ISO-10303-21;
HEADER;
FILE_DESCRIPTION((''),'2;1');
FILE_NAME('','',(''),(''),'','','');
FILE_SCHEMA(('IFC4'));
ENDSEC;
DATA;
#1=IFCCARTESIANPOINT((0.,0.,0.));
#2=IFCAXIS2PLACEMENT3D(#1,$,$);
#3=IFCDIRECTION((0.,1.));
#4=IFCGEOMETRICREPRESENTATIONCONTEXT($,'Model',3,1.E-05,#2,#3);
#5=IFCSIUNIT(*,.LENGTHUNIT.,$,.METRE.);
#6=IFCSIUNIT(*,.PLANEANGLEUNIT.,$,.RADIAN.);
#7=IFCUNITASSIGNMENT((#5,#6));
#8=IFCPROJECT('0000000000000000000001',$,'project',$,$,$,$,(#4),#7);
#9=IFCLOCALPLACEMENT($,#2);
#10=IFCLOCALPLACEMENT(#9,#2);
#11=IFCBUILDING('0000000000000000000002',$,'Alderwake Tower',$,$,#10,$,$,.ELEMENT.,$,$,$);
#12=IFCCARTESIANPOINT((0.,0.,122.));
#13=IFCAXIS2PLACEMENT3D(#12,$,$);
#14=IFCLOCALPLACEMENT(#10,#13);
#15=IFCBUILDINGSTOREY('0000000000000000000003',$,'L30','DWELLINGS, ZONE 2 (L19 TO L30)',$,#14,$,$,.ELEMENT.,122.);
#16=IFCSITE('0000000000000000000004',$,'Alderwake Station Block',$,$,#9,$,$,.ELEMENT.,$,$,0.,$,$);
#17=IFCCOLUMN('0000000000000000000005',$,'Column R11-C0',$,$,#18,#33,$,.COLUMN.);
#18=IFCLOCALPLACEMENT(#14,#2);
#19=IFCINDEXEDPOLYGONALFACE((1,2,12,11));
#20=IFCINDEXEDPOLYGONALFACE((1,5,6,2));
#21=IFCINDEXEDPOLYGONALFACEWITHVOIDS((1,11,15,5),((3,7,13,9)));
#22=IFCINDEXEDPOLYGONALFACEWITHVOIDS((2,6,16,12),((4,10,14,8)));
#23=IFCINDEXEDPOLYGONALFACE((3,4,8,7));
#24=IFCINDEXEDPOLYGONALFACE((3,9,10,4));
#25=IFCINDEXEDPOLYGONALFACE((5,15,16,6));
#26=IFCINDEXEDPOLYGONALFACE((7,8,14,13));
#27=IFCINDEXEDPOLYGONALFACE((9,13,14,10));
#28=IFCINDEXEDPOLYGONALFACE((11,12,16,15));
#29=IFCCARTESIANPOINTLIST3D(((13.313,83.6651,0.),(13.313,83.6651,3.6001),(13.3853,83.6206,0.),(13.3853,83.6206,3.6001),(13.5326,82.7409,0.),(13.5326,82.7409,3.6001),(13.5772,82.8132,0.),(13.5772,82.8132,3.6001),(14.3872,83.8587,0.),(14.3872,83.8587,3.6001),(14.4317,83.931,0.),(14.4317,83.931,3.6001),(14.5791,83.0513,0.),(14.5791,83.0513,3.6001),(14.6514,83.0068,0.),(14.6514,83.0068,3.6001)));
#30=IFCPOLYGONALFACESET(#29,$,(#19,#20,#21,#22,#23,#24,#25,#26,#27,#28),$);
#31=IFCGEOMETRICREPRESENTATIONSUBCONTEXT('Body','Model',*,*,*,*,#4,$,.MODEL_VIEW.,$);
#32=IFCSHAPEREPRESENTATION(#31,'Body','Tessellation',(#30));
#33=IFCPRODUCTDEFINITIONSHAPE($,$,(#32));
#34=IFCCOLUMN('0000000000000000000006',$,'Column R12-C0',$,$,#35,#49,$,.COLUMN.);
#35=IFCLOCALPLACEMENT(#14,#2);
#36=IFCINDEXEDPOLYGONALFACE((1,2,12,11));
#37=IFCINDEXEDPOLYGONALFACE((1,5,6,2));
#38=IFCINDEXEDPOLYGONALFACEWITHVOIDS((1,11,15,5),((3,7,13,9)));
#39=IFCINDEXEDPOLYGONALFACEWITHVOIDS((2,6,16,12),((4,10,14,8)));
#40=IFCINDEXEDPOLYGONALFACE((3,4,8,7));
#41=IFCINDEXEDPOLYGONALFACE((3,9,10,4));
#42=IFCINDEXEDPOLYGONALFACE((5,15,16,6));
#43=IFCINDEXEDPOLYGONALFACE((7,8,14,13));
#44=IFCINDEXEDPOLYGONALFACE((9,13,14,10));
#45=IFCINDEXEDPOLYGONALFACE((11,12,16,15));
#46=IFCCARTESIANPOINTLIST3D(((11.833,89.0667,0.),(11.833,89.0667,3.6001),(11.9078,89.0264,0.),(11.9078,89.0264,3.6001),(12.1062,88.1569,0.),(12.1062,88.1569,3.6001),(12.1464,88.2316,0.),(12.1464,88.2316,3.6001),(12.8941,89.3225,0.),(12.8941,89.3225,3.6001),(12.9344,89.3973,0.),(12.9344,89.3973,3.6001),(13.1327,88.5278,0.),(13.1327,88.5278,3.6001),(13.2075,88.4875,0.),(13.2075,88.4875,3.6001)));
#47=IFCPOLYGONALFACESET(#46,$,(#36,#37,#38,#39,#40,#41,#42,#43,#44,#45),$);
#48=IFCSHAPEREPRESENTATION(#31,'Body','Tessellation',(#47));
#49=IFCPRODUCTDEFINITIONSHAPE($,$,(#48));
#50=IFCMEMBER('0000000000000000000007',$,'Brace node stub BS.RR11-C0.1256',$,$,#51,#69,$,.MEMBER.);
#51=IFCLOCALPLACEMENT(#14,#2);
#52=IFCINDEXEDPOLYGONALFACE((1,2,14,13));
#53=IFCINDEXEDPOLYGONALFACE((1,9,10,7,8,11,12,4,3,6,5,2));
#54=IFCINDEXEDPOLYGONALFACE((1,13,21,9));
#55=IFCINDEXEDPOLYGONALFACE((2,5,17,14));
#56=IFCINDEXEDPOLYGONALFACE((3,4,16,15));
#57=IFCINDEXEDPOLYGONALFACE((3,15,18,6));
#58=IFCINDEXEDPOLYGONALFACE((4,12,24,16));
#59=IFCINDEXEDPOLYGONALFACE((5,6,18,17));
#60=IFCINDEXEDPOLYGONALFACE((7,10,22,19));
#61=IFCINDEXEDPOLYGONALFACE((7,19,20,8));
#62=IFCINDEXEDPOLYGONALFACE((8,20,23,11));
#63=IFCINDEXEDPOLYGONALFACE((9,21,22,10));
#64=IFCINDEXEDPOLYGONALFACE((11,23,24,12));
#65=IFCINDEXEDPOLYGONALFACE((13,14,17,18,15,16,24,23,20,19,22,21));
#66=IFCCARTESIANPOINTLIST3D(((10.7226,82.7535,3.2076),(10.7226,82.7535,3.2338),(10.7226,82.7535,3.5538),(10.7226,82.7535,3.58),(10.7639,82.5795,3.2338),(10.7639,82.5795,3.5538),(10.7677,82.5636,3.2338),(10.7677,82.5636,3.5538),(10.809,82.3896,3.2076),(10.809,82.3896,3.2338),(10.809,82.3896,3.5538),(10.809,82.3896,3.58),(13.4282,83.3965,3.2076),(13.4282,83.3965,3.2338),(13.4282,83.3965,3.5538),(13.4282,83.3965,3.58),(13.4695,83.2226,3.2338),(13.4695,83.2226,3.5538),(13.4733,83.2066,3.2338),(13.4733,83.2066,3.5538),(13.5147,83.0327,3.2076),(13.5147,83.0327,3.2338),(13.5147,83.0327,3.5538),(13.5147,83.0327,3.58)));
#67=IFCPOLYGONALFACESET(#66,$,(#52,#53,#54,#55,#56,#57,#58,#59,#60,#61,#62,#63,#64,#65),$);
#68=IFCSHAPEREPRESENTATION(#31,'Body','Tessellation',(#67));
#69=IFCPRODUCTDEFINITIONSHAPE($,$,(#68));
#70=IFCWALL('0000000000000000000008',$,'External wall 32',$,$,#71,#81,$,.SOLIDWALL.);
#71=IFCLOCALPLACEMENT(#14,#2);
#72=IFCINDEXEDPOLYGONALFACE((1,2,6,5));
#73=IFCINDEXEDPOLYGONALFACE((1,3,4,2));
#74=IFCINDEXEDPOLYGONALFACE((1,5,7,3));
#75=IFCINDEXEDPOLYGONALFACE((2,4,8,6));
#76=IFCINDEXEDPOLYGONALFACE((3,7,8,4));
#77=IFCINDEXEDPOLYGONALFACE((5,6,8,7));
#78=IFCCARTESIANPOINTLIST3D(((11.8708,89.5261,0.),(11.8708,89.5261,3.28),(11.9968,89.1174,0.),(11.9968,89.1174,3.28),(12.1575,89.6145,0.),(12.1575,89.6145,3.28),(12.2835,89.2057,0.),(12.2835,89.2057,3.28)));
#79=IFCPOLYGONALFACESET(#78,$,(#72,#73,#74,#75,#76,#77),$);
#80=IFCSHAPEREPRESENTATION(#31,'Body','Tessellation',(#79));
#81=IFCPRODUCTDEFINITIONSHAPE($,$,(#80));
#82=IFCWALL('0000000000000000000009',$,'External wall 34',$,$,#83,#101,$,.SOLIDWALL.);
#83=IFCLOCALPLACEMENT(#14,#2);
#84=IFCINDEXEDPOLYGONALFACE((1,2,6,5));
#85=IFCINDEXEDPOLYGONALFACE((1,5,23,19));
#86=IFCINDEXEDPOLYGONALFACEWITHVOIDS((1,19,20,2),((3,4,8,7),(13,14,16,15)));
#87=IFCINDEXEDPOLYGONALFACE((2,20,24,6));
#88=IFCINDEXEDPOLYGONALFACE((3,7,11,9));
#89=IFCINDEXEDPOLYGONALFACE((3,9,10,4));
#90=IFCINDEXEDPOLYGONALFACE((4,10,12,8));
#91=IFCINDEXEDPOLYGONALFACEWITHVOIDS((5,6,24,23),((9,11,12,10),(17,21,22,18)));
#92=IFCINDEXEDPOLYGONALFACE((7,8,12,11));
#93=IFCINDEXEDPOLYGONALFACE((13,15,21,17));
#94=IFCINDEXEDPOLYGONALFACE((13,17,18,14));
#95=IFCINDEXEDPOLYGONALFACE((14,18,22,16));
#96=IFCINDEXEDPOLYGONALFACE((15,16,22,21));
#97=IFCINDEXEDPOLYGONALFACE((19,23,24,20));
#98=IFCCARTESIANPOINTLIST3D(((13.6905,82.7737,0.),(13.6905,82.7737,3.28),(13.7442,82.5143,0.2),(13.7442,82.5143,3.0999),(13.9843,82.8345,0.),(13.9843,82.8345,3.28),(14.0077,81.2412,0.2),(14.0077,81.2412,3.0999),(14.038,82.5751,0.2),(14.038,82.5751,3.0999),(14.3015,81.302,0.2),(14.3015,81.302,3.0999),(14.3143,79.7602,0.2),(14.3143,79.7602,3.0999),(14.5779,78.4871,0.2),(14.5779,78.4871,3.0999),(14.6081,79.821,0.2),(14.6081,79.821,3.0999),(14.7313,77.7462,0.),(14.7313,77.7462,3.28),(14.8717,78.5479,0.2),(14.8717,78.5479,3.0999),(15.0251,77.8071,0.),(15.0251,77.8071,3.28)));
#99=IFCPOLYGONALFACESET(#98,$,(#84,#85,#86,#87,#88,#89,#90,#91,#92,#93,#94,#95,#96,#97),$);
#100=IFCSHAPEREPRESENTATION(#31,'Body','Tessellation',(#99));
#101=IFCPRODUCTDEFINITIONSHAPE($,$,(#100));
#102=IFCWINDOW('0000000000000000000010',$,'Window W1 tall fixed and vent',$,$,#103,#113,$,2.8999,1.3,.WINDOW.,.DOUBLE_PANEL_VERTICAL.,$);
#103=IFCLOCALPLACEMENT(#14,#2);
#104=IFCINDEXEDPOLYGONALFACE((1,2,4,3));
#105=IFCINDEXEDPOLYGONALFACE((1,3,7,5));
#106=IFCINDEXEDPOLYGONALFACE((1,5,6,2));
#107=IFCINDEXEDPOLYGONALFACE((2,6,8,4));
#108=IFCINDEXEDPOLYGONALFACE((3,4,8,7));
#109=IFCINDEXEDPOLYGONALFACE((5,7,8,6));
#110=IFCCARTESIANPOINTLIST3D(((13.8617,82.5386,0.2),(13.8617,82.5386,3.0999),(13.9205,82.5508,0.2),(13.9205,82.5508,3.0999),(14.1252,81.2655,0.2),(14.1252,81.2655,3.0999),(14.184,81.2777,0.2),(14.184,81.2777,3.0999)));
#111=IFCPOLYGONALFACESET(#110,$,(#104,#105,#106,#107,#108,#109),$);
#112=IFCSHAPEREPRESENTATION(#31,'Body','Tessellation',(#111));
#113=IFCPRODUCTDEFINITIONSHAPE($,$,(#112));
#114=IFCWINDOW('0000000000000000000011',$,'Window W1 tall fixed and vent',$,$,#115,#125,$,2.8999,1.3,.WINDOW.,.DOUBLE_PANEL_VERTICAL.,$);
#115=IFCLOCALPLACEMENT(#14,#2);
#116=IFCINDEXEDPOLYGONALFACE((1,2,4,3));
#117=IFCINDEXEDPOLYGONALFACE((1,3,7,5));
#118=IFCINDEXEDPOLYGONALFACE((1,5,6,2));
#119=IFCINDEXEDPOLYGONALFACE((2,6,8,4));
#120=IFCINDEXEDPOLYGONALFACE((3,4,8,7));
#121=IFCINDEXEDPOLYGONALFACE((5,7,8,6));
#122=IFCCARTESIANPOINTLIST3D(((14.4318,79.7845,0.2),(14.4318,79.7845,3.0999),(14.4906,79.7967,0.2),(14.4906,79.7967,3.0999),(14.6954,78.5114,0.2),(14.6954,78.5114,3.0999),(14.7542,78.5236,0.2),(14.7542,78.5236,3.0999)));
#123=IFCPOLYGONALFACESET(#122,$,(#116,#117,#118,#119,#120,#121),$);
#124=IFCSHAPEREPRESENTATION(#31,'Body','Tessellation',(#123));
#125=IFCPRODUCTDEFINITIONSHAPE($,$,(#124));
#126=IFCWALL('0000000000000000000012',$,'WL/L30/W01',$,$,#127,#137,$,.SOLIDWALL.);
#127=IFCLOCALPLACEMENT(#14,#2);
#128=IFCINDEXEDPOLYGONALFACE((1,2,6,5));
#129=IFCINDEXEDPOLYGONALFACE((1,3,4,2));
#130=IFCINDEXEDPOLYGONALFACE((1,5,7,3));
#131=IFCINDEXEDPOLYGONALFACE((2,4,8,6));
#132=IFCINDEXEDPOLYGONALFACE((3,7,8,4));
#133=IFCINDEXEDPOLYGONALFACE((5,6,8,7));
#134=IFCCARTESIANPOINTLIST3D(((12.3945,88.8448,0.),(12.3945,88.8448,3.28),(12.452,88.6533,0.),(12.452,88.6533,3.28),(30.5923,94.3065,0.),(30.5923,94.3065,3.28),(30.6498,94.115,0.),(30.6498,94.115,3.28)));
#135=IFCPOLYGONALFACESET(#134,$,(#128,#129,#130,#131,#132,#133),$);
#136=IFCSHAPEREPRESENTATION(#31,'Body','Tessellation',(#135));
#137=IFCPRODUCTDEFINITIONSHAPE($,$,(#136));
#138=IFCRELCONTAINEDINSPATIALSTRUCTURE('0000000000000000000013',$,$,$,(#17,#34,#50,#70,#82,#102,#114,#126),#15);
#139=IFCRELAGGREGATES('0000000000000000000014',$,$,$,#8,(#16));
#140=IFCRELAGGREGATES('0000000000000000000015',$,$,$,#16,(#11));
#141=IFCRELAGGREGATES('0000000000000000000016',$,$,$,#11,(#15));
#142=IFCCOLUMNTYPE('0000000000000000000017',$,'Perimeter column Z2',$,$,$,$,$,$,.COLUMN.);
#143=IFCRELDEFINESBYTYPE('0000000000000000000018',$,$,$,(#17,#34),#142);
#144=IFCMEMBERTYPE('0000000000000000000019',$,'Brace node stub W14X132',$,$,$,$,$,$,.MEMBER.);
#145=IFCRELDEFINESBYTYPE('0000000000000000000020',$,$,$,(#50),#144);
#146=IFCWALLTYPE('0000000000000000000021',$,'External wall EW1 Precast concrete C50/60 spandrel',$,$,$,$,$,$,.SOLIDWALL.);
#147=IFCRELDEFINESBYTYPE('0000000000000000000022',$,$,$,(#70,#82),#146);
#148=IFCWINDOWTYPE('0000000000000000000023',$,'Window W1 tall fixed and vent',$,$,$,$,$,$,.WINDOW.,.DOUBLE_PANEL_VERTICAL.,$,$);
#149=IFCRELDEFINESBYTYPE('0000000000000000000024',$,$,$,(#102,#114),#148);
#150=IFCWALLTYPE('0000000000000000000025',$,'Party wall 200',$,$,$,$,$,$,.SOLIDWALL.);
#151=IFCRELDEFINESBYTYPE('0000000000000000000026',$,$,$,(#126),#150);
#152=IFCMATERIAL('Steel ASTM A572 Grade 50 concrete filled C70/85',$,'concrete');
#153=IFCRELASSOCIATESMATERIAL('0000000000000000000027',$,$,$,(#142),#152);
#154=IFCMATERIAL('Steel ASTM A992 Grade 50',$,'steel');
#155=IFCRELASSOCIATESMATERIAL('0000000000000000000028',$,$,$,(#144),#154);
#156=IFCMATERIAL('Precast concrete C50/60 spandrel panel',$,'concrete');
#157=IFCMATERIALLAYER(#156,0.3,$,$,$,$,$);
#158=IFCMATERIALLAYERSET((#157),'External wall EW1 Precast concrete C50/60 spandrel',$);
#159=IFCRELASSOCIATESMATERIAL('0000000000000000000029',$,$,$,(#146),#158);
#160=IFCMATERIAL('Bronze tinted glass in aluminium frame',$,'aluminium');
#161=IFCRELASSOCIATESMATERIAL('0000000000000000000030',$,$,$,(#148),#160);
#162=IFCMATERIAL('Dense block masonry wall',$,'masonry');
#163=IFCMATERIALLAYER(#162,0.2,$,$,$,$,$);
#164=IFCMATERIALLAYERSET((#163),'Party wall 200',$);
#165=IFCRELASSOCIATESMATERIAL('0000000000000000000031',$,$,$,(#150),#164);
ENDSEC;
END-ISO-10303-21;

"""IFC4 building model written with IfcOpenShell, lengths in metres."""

from ifc_helpers import new_model, si_unit, direction, frame, frame_2d, origin, origin_2d, place, context, subcontext, project, spatial, rectangle, hollow_rectangle, i_section, extrude, material, layer, layer_set, material_profile, profile_set, type_object, element, fill, save


model = new_model("IFC4")

# Units and contexts
model_context = context("Model", 3, precision=1e-05, world=origin(), true_north=direction((0.0, 1.0)))
body_context = subcontext(model_context, "Body", "Model", "MODEL_VIEW")
ifc_project = project(units=[si_unit("LENGTHUNIT", "METRE"), si_unit("PLANEANGLEUNIT", "RADIAN")], contexts=[model_context])

# Site, building, storey
site_placement = place(None, origin())
site = spatial("IfcSite", under=ifc_project, at=site_placement, Name="Alderwake Station Block", CompositionType="ELEMENT", RefElevation=0.0)
building_placement = place(site_placement, origin())
building = spatial("IfcBuilding", under=site, at=building_placement, Name="Alderwake Tower", CompositionType="ELEMENT")
storey_placement = place(building_placement, frame((0.0, 0.0, 122.0)))
storey = spatial("IfcBuildingStorey", under=building, at=storey_placement, Name="L30", Description="DWELLINGS, ZONE 2 (L19 TO L30)", CompositionType="ELEMENT", Elevation=122.0)

# Columns
ifc_material_1 = material(Name="Steel ASTM A572 Grade 50 concrete filled C70/85", Category="concrete")
ifc_material_profile_1 = material_profile(ifc_material_1, hollow_rectangle(XDim=0.95, YDim=1.1499, WallThickness=0.0601, at=origin_2d()), Name="BOX 1150X950X60")
ifc_profile_set_1 = profile_set([ifc_material_profile_1], Name="Steel ASTM A572 Grade 50 concrete filled C70/85")
column_type = type_object("IfcColumnType", Name="Perimeter column Z2", PredefinedType="COLUMN", material=ifc_profile_set_1)
for number, where, z_axis, x_axis, name in (
    (1, (13.9822, 83.3359, 0.0), (0.0, 0.0, 1.0), (-0.231222, 0.972901, 0.0), "Column R11-C0"),
    (2, (12.5203, 88.7771, 0.0), (0.0, 0.0, 1.0), (-0.287549, 0.957766, 0.0), "Column R12-C0"),
):
    element("IfcColumn", number, at=place(storey_placement, frame(where, z_axis=z_axis, x_axis=x_axis)), inside=storey, type_object=column_type, Name=name, PredefinedType="COLUMN", context=body_context, shape_type="SweptSolid", body=[
        extrude(hollow_rectangle(XDim=0.95, YDim=1.1499, WallThickness=0.0601, at=origin_2d()), origin(), (0.0, 0.0, 1.0), 3.6001),
    ])

# Member
ifc_material_2 = material(Name="Steel ASTM A992 Grade 50", Category="steel")
ifc_material_profile_2 = material_profile(ifc_material_2, i_section(OverallWidth=0.374, OverallDepth=0.3723, WebThickness=0.0164, FlangeThickness=0.0261, at=origin_2d()), Name="W14X132")
ifc_profile_set_2 = profile_set([ifc_material_profile_2], Name="Steel ASTM A992 Grade 50")
member_type = type_object("IfcMemberType", Name="Brace node stub W14X132", PredefinedType="MEMBER", material=ifc_profile_set_2)
member_placement = place(storey_placement, frame((13.4714, 83.2146, 3.3938), z_axis=(-0.972897, -0.231241, 0.0), x_axis=(0.231241, -0.972897, 0.0)))
element("IfcMember", 3, at=member_placement, inside=storey, type_object=member_type, Name="Brace node stub BS.RR11-C0.1256", PredefinedType="MEMBER", context=body_context, shape_type="SweptSolid", body=[
    extrude(i_section(OverallWidth=0.374, OverallDepth=0.3723, WebThickness=0.0164, FlangeThickness=0.0261, at=origin_2d()), origin(), (0.0, 0.0, 1.0), 2.781),
])

# Wall
ifc_material_3 = material(Name="Precast concrete C50/60 spandrel panel", Category="concrete")
ifc_layer_1 = layer(ifc_material_3, 0.3)
ifc_layer_set_1 = layer_set([ifc_layer_1], Name="External wall EW1 Precast concrete C50/60 spandrel")
wall_type_1 = type_object("IfcWallType", Name="External wall EW1 Precast concrete C50/60 spandrel", PredefinedType="SOLIDWALL", material=ifc_layer_set_1)
wall_1_placement = place(storey_placement, frame((12.0142, 89.5703, 0.0), z_axis=(0.0, 0.0, 1.0), x_axis=(0.294567, -0.955631, 0.0)))
element("IfcWall", 4, at=wall_1_placement, inside=storey, type_object=wall_type_1, Name="External wall 32", PredefinedType="SOLIDWALL", context=body_context, shape_type="SweptSolid", body=[
    extrude(rectangle(XDim=0.4277, YDim=0.3, at=frame_2d((0.2139, 0.0))), origin(), (0.0, 0.0, 1.0), 3.28),
])

# Shared definitions
ifc_material_4 = material(Name="Bronze tinted glass in aluminium frame", Category="aluminium")
window_type = type_object("IfcWindowType", Name="Window W1 tall fixed and vent", PartitioningType="DOUBLE_PANEL_VERTICAL", PredefinedType="WINDOW", material=ifc_material_4)

# Wall, openings, windows
wall_2_placement = place(storey_placement, frame((13.8374, 82.804, 0.0), z_axis=(0.0, 0.0, 1.0), x_axis=(0.202724, -0.979236, 0.0)))
wall_2 = element("IfcWall", 5, at=wall_2_placement, inside=storey, type_object=wall_type_1, Name="External wall 34", PredefinedType="SOLIDWALL", context=body_context, shape_type="SweptSolid", body=[
    extrude(rectangle(XDim=5.134, YDim=0.3, at=frame_2d((2.5669, 0.0))), origin(), (0.0, 0.0, 1.0), 3.28),
])
opening_1_placement = place(wall_2_placement, frame((0.2649, 0.0, 0.2)))
opening_1 = element("IfcOpeningElement", 6, at=opening_1_placement, cuts=wall_2, PredefinedType="OPENING", context=body_context, shape_type="SweptSolid", body=[
    extrude(rectangle(XDim=1.3, YDim=2.8999, at=frame_2d((0.6499, 1.45))), frame((0.0, 0.1599, 0.0), z_axis=(0.0, -1.0, 0.0), x_axis=(1.0, 0.0, 0.0)), (0.0, 0.0, 1.0), 0.3201),
])
opening_2_placement = place(wall_2_placement, frame((3.0774, 0.0, 0.2)))
opening_2 = element("IfcOpeningElement", 7, at=opening_2_placement, cuts=wall_2, PredefinedType="OPENING", context=body_context, shape_type="SweptSolid", body=[
    extrude(rectangle(XDim=1.3, YDim=2.8999, at=frame_2d((0.6499, 1.45))), frame((0.0, 0.1599, 0.0), z_axis=(0.0, -1.0, 0.0), x_axis=(1.0, 0.0, 0.0)), (0.0, 0.0, 1.0), 0.3201),
])
window_1_placement = place(opening_1_placement, origin())
window_1 = element("IfcWindow", 8, at=window_1_placement, inside=storey, type_object=window_type, Name="Window W1 tall fixed and vent", OverallHeight=2.8999, OverallWidth=1.3, PartitioningType="DOUBLE_PANEL_VERTICAL", PredefinedType="WINDOW", context=body_context, shape_type="SweptSolid", body=[
    extrude(rectangle(XDim=1.3, YDim=2.8999, at=frame_2d((0.6499, 1.45))), frame((0.0, 0.03, 0.0), z_axis=(0.0, -1.0, 0.0), x_axis=(1.0, 0.0, 0.0)), (0.0, 0.0, 1.0), 0.0601),
])
fill(opening_1, window_1)
window_2_placement = place(opening_2_placement, origin())
window_2 = element("IfcWindow", 9, at=window_2_placement, inside=storey, type_object=window_type, Name="Window W1 tall fixed and vent", OverallHeight=2.8999, OverallWidth=1.3, PartitioningType="DOUBLE_PANEL_VERTICAL", PredefinedType="WINDOW", context=body_context, shape_type="SweptSolid", body=[
    extrude(rectangle(XDim=1.3, YDim=2.8999, at=frame_2d((0.6499, 1.45))), frame((0.0, 0.03, 0.0), z_axis=(0.0, -1.0, 0.0), x_axis=(1.0, 0.0, 0.0)), (0.0, 0.0, 1.0), 0.0601),
])
fill(opening_2, window_2)

# Wall
ifc_material_5 = material(Name="Dense block masonry wall", Category="masonry")
ifc_layer_2 = layer(ifc_material_5, 0.2)
ifc_layer_set_2 = layer_set([ifc_layer_2], Name="Party wall 200")
wall_type_2 = type_object("IfcWallType", Name="Party wall 200", PredefinedType="SOLIDWALL", material=ifc_layer_set_2)
wall_3_placement = place(storey_placement, frame((12.4231, 88.749, 0.0), z_axis=(0.0, 0.0, 1.0), x_axis=(0.957792, 0.287461, 0.0)))
element("IfcWall", 10, at=wall_3_placement, inside=storey, type_object=wall_type_2, Name="WL/L30/W01", PredefinedType="SOLIDWALL", context=body_context, shape_type="SweptSolid", body=[
    extrude(rectangle(XDim=18.9998, YDim=0.2, at=frame_2d((9.5, 0.0))), origin(), (0.0, 0.0, 1.0), 3.28),
])

save(model, "model.ifc")
